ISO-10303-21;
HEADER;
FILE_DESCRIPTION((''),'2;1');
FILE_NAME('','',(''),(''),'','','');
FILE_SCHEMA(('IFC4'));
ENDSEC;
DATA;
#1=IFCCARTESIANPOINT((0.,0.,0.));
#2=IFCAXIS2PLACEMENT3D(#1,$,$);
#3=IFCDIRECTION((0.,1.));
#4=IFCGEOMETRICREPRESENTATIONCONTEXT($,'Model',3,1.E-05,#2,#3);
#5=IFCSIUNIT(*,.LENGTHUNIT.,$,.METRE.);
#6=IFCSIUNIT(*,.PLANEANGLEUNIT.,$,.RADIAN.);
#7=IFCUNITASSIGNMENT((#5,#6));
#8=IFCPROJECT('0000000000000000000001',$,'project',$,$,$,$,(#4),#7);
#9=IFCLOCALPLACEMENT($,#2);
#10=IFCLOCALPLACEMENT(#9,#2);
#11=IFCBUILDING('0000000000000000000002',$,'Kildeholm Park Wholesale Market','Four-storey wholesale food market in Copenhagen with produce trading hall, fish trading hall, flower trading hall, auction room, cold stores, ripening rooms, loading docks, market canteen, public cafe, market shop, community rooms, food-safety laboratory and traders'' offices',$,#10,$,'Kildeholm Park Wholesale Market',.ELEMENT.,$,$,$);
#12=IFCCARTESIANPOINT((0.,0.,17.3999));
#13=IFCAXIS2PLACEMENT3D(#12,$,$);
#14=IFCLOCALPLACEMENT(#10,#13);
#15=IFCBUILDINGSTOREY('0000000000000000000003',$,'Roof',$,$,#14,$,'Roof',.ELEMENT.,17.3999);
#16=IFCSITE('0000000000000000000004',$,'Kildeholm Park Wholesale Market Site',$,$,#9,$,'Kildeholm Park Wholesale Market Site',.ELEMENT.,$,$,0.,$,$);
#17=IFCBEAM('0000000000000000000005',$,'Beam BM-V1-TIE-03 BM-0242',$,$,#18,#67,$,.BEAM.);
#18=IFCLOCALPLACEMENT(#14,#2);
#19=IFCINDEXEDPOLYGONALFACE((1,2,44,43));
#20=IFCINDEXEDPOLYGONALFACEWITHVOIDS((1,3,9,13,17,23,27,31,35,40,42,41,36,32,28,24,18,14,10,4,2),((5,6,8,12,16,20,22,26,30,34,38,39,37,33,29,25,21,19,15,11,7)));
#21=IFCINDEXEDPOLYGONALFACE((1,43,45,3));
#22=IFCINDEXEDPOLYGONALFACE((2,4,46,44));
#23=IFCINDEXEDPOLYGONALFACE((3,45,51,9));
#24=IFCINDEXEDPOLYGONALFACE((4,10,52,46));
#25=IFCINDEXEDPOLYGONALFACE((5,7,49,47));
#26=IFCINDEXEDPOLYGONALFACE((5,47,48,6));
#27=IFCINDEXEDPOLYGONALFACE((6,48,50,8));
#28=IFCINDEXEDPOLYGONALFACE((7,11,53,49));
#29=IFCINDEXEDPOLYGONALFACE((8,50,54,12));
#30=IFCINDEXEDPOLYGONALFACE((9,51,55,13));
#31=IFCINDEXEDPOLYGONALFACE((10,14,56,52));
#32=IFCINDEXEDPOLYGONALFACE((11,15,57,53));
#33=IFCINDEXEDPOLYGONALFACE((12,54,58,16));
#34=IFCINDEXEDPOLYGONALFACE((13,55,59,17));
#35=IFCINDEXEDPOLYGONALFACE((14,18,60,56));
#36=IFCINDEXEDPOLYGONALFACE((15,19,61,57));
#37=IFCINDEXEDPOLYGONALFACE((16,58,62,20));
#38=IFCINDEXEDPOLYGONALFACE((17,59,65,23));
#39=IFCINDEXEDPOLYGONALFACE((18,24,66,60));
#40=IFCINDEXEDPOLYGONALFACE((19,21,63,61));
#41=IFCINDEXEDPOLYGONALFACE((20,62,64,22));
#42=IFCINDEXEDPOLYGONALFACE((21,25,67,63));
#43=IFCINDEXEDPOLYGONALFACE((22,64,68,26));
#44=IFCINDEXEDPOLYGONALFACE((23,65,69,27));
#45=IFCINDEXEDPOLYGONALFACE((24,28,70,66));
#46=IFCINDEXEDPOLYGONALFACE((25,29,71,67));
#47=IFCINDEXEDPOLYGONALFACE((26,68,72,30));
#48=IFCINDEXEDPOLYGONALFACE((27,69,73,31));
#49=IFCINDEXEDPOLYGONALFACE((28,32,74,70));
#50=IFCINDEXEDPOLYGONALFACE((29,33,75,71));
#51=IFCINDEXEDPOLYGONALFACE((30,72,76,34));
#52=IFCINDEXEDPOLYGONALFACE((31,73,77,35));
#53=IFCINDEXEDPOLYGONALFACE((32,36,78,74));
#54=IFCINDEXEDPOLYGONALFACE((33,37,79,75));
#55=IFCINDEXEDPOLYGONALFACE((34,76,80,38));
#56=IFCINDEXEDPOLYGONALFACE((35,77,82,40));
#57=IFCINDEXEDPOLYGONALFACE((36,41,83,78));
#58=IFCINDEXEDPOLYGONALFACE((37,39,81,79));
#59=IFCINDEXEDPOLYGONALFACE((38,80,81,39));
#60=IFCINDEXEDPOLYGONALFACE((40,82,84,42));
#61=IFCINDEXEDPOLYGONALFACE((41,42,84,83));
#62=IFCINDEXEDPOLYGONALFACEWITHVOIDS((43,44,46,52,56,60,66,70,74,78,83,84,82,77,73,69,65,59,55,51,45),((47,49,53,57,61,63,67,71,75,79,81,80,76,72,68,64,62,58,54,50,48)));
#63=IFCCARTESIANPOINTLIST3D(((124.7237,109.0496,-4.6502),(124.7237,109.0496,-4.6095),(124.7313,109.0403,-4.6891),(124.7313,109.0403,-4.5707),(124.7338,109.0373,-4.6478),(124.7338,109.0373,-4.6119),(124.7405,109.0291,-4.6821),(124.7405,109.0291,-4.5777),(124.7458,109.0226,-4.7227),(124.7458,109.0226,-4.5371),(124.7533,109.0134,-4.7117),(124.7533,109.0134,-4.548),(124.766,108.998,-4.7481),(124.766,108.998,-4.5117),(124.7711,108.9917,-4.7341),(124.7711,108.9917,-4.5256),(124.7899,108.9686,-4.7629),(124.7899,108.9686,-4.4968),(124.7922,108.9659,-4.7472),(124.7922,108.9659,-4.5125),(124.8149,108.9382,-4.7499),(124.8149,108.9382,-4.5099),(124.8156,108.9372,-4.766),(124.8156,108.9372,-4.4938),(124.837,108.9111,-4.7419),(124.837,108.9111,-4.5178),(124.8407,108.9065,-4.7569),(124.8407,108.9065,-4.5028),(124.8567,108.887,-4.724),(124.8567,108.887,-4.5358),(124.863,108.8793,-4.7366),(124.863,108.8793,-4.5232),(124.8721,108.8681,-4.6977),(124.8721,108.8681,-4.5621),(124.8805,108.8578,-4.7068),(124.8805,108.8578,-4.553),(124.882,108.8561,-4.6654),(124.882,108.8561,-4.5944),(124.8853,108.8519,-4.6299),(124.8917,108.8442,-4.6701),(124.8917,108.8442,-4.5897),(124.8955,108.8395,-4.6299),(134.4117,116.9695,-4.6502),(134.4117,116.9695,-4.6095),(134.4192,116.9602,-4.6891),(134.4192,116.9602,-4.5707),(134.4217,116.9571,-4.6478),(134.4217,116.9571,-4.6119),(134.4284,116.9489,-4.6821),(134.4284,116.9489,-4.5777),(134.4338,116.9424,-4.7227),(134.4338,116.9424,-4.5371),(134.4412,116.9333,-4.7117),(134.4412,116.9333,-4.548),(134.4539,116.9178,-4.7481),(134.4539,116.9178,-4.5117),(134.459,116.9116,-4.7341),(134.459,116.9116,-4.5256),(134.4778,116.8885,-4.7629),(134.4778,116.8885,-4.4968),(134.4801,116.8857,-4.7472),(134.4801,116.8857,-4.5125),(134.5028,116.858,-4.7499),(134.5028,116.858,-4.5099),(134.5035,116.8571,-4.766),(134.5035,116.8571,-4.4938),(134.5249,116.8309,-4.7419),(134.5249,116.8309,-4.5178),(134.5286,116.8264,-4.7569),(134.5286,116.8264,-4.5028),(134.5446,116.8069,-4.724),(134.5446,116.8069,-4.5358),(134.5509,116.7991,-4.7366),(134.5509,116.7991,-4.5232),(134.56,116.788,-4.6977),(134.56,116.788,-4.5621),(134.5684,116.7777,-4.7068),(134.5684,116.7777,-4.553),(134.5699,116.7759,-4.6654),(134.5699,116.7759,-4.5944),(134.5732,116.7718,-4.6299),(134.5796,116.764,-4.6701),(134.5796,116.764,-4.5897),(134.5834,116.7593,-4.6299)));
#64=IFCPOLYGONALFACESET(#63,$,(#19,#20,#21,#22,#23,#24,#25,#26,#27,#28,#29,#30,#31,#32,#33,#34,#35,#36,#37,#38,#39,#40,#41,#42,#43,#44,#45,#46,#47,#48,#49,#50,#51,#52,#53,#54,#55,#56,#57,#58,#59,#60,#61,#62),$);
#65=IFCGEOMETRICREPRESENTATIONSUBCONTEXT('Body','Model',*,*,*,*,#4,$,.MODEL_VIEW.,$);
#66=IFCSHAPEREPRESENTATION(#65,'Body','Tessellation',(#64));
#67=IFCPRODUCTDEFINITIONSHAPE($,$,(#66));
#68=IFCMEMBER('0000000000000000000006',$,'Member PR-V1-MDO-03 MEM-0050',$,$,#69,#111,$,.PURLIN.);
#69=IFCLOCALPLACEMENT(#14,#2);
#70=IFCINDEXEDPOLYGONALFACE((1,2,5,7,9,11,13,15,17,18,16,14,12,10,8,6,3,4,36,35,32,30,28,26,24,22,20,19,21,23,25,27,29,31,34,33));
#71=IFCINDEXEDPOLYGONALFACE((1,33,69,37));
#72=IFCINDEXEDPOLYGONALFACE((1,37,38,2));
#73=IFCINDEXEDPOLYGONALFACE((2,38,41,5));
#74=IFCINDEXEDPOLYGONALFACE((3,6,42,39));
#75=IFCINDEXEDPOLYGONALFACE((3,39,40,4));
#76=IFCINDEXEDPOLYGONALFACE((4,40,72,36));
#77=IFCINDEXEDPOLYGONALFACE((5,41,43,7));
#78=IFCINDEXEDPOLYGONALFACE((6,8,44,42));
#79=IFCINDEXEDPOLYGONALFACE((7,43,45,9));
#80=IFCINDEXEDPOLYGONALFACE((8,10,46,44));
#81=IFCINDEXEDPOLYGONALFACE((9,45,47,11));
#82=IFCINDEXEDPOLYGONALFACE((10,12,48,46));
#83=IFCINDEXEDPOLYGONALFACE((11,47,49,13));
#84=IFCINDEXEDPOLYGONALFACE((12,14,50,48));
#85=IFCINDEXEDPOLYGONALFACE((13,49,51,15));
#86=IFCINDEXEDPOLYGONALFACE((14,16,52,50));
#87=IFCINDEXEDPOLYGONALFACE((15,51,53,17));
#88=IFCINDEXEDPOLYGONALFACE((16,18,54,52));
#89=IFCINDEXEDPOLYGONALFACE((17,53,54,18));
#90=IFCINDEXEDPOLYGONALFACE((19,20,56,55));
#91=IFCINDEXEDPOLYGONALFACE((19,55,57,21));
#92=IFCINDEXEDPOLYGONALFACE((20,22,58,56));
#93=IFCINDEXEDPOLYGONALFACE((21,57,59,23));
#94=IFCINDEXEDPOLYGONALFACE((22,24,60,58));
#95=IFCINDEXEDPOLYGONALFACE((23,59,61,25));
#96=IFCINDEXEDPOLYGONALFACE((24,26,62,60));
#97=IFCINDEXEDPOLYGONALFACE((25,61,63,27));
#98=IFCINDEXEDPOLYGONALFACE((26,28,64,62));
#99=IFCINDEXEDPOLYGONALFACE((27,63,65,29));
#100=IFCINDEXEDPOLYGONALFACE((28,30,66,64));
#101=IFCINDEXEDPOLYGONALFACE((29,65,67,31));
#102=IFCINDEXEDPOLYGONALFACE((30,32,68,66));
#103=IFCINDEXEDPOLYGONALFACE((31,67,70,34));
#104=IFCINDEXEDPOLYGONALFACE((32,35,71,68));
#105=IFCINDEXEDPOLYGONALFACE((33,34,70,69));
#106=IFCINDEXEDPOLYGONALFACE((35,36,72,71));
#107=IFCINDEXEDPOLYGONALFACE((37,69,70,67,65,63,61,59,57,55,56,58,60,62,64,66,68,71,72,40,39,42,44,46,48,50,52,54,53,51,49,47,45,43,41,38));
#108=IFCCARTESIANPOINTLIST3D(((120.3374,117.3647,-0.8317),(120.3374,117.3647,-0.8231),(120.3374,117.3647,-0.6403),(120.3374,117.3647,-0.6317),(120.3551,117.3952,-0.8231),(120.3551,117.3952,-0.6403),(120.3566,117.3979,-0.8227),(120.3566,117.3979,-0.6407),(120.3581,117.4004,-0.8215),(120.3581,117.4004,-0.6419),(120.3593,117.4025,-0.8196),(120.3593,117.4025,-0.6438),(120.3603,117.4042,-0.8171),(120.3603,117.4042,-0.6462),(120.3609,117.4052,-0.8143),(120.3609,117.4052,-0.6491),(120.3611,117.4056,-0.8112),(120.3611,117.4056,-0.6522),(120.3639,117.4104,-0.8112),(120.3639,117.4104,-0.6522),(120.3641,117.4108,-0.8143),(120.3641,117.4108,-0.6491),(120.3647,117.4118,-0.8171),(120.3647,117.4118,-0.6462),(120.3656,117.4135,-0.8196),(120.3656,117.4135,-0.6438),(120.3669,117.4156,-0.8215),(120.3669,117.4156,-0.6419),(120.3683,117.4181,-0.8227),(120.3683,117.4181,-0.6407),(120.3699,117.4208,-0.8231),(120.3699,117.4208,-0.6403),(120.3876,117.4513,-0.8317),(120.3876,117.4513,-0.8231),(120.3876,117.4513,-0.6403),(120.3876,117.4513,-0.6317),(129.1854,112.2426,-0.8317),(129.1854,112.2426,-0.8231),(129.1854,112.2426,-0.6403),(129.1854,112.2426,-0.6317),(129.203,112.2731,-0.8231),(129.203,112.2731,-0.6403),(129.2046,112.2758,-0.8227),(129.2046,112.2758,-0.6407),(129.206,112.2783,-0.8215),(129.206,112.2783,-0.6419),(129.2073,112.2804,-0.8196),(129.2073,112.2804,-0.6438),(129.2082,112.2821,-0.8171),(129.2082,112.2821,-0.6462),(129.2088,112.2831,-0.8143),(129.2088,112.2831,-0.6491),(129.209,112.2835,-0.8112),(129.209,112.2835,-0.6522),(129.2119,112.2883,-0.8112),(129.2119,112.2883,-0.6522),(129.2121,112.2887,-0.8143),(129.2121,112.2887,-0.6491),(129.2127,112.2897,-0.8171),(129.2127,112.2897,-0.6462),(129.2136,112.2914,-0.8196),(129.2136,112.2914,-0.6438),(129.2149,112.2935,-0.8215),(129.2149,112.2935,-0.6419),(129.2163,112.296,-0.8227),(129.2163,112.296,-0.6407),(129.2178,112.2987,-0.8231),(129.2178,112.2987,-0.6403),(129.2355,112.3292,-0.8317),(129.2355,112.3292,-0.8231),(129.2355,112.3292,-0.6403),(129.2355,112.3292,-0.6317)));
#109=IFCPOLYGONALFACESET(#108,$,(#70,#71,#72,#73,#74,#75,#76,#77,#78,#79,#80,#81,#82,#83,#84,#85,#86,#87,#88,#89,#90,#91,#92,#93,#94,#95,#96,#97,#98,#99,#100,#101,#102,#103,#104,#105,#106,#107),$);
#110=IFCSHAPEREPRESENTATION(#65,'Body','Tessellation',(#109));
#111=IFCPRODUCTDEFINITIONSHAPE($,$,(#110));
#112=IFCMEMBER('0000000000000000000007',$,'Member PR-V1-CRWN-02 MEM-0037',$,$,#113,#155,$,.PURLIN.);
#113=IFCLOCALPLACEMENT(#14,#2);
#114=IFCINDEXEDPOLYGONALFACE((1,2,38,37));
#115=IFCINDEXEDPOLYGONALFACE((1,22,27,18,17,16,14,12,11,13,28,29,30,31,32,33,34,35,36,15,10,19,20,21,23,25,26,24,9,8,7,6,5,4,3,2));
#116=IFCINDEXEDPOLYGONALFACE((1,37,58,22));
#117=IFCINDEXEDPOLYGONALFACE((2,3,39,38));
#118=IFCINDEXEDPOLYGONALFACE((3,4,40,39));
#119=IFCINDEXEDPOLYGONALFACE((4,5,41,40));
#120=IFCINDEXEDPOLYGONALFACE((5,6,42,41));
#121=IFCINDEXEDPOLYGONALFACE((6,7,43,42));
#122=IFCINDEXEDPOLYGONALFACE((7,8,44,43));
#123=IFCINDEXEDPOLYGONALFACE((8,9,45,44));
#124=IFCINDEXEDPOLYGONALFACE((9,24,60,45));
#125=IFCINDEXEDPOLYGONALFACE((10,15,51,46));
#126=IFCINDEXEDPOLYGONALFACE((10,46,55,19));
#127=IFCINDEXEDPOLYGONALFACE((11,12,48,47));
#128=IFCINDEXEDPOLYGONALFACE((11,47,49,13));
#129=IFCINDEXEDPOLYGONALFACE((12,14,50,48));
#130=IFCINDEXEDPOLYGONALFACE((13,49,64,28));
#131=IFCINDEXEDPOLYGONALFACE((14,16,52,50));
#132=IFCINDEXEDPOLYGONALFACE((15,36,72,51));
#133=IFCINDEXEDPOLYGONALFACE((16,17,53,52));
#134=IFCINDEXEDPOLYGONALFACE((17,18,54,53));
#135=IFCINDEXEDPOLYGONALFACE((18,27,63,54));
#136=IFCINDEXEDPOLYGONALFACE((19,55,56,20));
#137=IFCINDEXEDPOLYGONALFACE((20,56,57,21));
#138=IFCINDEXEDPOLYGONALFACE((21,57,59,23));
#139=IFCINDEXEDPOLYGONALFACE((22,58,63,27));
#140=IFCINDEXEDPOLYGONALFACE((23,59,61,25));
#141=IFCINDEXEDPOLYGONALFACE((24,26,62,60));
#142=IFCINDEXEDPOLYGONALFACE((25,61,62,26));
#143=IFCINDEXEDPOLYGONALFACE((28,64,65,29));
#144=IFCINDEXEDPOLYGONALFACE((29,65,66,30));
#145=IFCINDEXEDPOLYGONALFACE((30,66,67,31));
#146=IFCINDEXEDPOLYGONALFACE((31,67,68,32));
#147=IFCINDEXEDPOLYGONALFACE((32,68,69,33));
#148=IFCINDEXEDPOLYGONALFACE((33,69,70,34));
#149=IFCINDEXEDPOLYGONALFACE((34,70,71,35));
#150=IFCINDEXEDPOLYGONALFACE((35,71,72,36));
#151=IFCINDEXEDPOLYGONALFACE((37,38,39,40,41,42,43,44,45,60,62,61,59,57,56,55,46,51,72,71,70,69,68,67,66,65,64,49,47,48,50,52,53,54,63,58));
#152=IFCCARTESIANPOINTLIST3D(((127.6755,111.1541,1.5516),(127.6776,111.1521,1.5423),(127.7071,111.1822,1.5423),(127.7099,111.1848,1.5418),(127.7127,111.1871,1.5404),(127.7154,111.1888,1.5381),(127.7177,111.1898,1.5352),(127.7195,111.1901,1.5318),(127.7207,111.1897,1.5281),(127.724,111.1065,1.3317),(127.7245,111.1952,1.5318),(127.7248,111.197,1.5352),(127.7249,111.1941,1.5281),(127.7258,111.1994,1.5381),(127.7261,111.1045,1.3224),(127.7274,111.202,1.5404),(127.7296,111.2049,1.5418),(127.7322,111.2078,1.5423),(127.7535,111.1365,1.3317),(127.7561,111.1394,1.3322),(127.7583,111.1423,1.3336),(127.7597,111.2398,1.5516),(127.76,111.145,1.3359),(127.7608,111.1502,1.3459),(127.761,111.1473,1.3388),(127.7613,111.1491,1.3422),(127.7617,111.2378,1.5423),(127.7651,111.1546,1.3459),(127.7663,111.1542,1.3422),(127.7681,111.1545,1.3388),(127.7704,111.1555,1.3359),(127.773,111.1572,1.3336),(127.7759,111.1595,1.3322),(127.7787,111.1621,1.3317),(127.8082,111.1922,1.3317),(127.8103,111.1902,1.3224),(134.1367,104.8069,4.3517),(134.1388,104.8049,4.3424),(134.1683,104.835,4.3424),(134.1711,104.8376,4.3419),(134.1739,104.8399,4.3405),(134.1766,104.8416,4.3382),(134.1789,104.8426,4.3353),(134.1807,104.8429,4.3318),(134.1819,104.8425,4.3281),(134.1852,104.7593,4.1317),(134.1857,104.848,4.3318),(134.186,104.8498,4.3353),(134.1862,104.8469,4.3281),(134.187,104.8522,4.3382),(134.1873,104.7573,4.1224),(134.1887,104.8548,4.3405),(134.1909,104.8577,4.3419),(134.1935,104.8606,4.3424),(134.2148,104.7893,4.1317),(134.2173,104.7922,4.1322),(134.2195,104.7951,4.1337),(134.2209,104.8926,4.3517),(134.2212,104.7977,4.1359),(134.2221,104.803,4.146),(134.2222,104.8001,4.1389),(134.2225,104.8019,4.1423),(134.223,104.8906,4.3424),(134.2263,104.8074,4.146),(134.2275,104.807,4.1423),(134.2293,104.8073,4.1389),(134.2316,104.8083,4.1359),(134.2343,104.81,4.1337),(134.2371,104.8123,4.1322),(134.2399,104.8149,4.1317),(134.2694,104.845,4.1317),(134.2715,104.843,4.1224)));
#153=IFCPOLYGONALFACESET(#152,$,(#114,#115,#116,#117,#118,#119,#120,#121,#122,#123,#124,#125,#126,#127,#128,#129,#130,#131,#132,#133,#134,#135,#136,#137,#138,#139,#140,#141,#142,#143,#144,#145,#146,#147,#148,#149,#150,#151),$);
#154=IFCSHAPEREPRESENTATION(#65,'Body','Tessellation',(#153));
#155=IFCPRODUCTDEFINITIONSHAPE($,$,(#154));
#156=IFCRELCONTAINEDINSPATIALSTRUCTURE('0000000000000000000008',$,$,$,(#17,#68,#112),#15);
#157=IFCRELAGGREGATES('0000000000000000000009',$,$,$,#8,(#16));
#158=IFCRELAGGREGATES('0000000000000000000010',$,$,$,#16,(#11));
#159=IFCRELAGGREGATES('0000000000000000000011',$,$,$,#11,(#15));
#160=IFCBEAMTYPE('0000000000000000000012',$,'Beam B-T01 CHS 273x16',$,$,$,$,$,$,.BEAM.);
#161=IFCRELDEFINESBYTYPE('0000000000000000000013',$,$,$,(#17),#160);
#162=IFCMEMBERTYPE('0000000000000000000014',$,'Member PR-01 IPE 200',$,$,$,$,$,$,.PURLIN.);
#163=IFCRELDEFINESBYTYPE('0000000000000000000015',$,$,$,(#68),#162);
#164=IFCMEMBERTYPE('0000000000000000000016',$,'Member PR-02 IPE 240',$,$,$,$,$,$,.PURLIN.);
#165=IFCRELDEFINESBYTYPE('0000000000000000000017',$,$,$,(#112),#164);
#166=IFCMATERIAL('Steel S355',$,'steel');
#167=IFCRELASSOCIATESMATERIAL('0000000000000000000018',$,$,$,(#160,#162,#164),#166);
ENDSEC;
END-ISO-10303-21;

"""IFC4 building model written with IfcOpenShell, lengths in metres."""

from ifc_helpers import new_model, si_unit, direction, frame, origin, origin_2d, place, context, subcontext, project, spatial, hollow_circle, i_section, extrude, material, material_profile, profile_set, type_object, element, save


model = new_model("IFC4")

# Units and contexts
model_context = context("Model", 3, precision=1e-05, world=origin(), true_north=direction((0.0, 1.0)))
body_context = subcontext(model_context, "Body", "Model", "MODEL_VIEW")
ifc_project = project(units=[si_unit("LENGTHUNIT", "METRE"), si_unit("PLANEANGLEUNIT", "RADIAN")], contexts=[model_context])

# Site, building, storey
site_placement = place(None, origin())
site = spatial("IfcSite", under=ifc_project, at=site_placement, Name="Kildeholm Park Wholesale Market Site", LongName="Kildeholm Park Wholesale Market Site", CompositionType="ELEMENT", RefElevation=0.0)
building_placement = place(site_placement, origin())
building = spatial("IfcBuilding", under=site, at=building_placement, Name="Kildeholm Park Wholesale Market", Description="Four-storey wholesale food market in Copenhagen with produce trading hall, fish trading hall, flower trading hall, auction room, cold stores, ripening rooms, loading docks, market canteen, public cafe, market shop, community rooms, food-safety laboratory and traders' offices", LongName="Kildeholm Park Wholesale Market", CompositionType="ELEMENT")
storey_placement = place(building_placement, frame((0.0, 0.0, 17.3999)))
storey = spatial("IfcBuildingStorey", under=building, at=storey_placement, Name="Roof", LongName="Roof", CompositionType="ELEMENT", Elevation=17.3999)

# Beam
ifc_material_1 = material(Name="Steel S355", Category="steel")
ifc_material_profile_1 = material_profile(ifc_material_1, hollow_circle(Radius=0.1365, WallThickness=0.0161, at=origin_2d()), Name="CHS 273x16")
ifc_profile_set_1 = profile_set([ifc_material_profile_1], Name="Steel S355")
beam_type = type_object("IfcBeamType", Name="Beam B-T01 CHS 273x16", PredefinedType="BEAM", material=ifc_profile_set_1)
beam_placement = place(storey_placement, frame((134.4971, 116.865, -4.6299), z_axis=(-0.774216, -0.632921, 0.0), x_axis=(0.632921, -0.774216, 0.0)))
element("IfcBeam", 1, at=beam_placement, inside=storey, type_object=beam_type, Name="Beam BM-V1-TIE-03 BM-0242", PredefinedType="BEAM", context=body_context, shape_type="SweptSolid", body=[
    extrude(hollow_circle(Radius=0.1365, WallThickness=0.0161, at=origin_2d()), origin(), (0.0, 0.0, 1.0), 12.5132),
])

# Members
ifc_material_profile_2 = material_profile(ifc_material_1, i_section(OverallWidth=0.1001, OverallDepth=0.2, WebThickness=0.0056, FlangeThickness=0.0085, FilletRadius=0.012, at=origin_2d()), Name="IPE 200")
ifc_profile_set_2 = profile_set([ifc_material_profile_2], Name="Steel S355")
member_type_1 = type_object("IfcMemberType", Name="Member PR-01 IPE 200", PredefinedType="PURLIN", material=ifc_profile_set_2)
member_1_placement = place(storey_placement, frame((129.2104, 112.2859, -0.7317), z_axis=(-0.865443, 0.501007, 0.0), x_axis=(-0.501007, -0.865443, 0.0)))
element("IfcMember", 2, at=member_1_placement, inside=storey, type_object=member_type_1, Name="Member PR-V1-MDO-03 MEM-0050", PredefinedType="PURLIN", context=body_context, shape_type="SweptSolid", body=[
    extrude(i_section(OverallWidth=0.1001, OverallDepth=0.2, WebThickness=0.0056, FlangeThickness=0.0085, FilletRadius=0.012, at=origin_2d()), origin(), (0.0, 0.0, 1.0), 10.2236),
])
ifc_material_profile_3 = material_profile(ifc_material_1, i_section(OverallWidth=0.1201, OverallDepth=0.24, WebThickness=0.0061, FlangeThickness=0.0098, FilletRadius=0.0149, at=origin_2d()), Name="IPE 240")
ifc_profile_set_3 = profile_set([ifc_material_profile_3], Name="Steel S355")
member_type_2 = type_object("IfcMemberType", Name="Member PR-02 IPE 240", PredefinedType="PURLIN", material=ifc_profile_set_3)
member_2_placement = place(storey_placement, frame((134.2041, 104.825, 4.2371), z_axis=(-0.681547, 0.66952, -0.295358), x_axis=(-0.700785, -0.713373, 0.0)))
element("IfcMember", 3, at=member_2_placement, inside=storey, type_object=member_type_2, Name="Member PR-V1-CRWN-02 MEM-0037", PredefinedType="PURLIN", context=body_context, shape_type="SweptSolid", body=[
    extrude(i_section(OverallWidth=0.1201, OverallDepth=0.24, WebThickness=0.0061, FlangeThickness=0.0098, FilletRadius=0.0149, at=origin_2d()), origin(), (0.0, 0.0, 1.0), 9.4802),
])

save(model, "model.ifc")
